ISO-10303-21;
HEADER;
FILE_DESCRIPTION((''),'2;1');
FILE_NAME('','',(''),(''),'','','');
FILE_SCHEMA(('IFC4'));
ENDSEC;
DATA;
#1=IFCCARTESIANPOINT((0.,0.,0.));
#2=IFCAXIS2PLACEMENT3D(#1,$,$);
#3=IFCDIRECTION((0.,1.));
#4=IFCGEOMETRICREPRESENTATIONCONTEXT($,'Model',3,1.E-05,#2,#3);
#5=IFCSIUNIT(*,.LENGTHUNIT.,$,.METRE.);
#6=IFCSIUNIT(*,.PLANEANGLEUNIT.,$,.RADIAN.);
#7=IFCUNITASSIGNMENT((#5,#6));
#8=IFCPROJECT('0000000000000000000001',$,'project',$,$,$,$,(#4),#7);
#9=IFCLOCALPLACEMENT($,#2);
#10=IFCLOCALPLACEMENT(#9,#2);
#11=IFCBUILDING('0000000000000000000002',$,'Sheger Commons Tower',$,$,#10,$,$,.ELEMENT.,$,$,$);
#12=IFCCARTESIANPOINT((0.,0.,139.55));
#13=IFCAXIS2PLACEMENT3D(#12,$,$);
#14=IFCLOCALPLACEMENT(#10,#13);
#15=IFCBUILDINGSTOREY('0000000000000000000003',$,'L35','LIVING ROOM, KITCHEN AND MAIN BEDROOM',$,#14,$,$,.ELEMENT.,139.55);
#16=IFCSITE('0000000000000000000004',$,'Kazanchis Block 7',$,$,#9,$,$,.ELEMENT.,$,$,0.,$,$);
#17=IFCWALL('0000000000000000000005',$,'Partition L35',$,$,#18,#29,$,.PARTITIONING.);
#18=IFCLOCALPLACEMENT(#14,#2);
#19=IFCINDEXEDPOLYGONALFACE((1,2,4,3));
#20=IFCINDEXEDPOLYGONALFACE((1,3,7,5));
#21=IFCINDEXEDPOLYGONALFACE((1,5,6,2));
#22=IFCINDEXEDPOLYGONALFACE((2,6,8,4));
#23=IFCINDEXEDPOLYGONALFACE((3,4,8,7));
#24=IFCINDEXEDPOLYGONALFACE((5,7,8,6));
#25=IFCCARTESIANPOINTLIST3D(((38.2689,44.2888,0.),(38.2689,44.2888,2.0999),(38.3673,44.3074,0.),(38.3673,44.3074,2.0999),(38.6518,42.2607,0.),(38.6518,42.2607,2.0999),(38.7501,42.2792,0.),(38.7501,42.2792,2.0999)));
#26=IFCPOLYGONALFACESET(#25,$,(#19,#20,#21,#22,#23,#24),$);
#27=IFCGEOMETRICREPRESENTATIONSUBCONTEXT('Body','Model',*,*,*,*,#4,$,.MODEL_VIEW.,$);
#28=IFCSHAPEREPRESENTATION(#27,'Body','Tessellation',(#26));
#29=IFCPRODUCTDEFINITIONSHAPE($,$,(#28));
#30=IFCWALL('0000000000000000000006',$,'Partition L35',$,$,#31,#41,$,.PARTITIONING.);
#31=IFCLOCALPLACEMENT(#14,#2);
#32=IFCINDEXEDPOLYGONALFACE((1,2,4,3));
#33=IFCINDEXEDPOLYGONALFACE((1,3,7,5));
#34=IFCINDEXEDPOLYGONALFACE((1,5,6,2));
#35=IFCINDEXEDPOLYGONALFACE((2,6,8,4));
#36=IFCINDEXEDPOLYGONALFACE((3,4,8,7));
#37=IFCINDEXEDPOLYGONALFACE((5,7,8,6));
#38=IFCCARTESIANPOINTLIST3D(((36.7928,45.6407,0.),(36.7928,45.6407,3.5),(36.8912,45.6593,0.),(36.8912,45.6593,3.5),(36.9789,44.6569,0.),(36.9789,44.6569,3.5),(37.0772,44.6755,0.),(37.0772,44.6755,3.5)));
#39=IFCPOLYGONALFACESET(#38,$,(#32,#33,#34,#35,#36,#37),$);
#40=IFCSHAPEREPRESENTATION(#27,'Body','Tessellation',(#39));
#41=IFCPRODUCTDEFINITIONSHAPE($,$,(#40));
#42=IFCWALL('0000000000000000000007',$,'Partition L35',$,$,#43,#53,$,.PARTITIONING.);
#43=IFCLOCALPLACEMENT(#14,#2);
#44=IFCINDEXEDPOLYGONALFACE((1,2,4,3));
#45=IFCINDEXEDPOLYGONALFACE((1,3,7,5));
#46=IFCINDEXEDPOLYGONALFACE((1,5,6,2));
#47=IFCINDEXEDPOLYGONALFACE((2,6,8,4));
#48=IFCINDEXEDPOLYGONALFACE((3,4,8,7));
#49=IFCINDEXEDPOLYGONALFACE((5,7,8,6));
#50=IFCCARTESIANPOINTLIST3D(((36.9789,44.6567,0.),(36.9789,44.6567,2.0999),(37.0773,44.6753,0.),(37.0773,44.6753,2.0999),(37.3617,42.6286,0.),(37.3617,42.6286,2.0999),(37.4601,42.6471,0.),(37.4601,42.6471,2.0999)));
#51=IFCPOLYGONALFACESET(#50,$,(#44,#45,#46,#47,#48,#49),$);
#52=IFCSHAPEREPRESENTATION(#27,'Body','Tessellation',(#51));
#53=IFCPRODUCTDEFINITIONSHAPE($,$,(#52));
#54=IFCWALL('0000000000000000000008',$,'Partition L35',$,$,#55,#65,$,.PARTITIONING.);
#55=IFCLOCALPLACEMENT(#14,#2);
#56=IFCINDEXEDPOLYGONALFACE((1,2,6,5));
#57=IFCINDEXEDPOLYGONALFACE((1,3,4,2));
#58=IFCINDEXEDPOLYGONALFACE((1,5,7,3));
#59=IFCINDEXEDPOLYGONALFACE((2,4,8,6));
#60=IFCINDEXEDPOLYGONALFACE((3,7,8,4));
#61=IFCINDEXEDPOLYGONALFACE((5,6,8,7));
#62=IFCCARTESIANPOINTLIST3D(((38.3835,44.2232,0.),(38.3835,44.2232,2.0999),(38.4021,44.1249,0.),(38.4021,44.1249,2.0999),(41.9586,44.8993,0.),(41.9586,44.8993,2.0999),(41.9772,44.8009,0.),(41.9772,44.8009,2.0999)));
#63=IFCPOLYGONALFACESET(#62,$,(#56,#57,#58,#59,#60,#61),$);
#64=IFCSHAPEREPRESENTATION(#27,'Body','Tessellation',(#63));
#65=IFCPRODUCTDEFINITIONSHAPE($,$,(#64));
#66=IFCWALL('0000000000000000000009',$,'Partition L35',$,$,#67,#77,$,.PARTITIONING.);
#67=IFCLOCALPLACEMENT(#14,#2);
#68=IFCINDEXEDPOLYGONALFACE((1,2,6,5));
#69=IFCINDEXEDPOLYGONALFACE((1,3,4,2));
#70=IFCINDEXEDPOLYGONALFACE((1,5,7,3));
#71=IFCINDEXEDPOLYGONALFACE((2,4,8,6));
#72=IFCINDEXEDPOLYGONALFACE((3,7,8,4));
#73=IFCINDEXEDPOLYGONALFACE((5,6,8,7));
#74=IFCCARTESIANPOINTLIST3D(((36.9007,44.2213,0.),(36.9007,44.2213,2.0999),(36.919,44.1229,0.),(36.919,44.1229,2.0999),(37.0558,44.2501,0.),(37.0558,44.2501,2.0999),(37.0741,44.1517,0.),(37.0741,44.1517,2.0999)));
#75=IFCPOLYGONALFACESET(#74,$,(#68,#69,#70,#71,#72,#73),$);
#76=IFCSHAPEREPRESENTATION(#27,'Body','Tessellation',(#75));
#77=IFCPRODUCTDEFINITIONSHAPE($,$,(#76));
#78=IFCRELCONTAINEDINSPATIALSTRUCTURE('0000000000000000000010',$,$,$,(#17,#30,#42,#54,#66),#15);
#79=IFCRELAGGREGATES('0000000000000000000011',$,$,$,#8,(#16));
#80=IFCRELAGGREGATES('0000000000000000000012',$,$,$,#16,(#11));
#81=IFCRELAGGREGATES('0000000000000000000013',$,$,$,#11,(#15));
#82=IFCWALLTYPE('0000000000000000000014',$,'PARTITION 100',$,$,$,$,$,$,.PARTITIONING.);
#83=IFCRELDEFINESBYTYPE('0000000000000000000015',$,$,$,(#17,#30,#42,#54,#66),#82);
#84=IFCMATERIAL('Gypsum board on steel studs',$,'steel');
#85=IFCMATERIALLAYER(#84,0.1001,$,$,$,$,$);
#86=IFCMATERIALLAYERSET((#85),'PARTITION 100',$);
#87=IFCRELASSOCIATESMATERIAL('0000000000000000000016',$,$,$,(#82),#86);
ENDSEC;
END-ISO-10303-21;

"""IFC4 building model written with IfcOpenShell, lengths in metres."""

from ifc_helpers import new_model, si_unit, direction, frame, frame_2d, origin, place, context, subcontext, project, spatial, rectangle, extrude, material, layer, layer_set, type_object, element, save


model = new_model("IFC4")

# Units and contexts
model_context = context("Model", 3, precision=1e-05, world=origin(), true_north=direction((0.0, 1.0)))
body_context = subcontext(model_context, "Body", "Model", "MODEL_VIEW")
ifc_project = project(units=[si_unit("LENGTHUNIT", "METRE"), si_unit("PLANEANGLEUNIT", "RADIAN")], contexts=[model_context])

# Site, building, storey
site_placement = place(None, origin())
site = spatial("IfcSite", under=ifc_project, at=site_placement, Name="Kazanchis Block 7", CompositionType="ELEMENT", RefElevation=0.0)
building_placement = place(site_placement, origin())
building = spatial("IfcBuilding", under=site, at=building_placement, Name="Sheger Commons Tower", CompositionType="ELEMENT")
storey_placement = place(building_placement, frame((0.0, 0.0, 139.55)))
storey = spatial("IfcBuildingStorey", under=building, at=storey_placement, Name="L35", Description="LIVING ROOM, KITCHEN AND MAIN BEDROOM", CompositionType="ELEMENT", Elevation=139.55)

# Walls
ifc_material_1 = material(Name="Gypsum board on steel studs", Category="steel")
ifc_layer_1 = layer(ifc_material_1, 0.1001)
ifc_layer_set_1 = layer_set([ifc_layer_1], Name="PARTITION 100")
wall_type_1 = type_object("IfcWallType", Name="PARTITION 100", PredefinedType="PARTITIONING", material=ifc_layer_set_1)
wall_1_placement = place(storey_placement, frame((38.3181, 44.2981, 0.0), z_axis=(0.0, 0.0, 1.0), x_axis=(0.185481, -0.982648, 0.0)))
element("IfcWall", 1, at=wall_1_placement, inside=storey, type_object=wall_type_1, Name="Partition L35", PredefinedType="PARTITIONING", context=body_context, shape_type="SweptSolid", body=[
    extrude(rectangle(XDim=2.064, YDim=0.1001, at=frame_2d((1.032, 0.0))), origin(), (0.0, 0.0, 1.0), 2.0999),
])
wall_2_placement = place(storey_placement, frame((36.842, 45.6499, 0.0), z_axis=(0.0, 0.0, 1.0), x_axis=(0.18579, -0.982589, 0.0)))
element("IfcWall", 2, at=wall_2_placement, inside=storey, type_object=wall_type_1, Name="Partition L35", PredefinedType="PARTITIONING", context=body_context, shape_type="SweptSolid", body=[
    extrude(rectangle(XDim=1.0012, YDim=0.1001, at=frame_2d((0.5005, 0.0))), origin(), (0.0, 0.0, 1.0), 3.5),
])
wall_3_placement = place(storey_placement, frame((37.0281, 44.666, 0.0), z_axis=(0.0, 0.0, 1.0), x_axis=(0.185481, -0.982648, 0.0)))
element("IfcWall", 3, at=wall_3_placement, inside=storey, type_object=wall_type_1, Name="Partition L35", PredefinedType="PARTITIONING", context=body_context, shape_type="SweptSolid", body=[
    extrude(rectangle(XDim=2.064, YDim=0.1001, at=frame_2d((1.032, 0.0))), origin(), (0.0, 0.0, 1.0), 2.0999),
])
wall_4_placement = place(storey_placement, frame((41.968, 44.8501, 0.0), z_axis=(0.0, 0.0, 1.0), x_axis=(-0.982586, -0.185808, 0.0)))
element("IfcWall", 4, at=wall_4_placement, inside=storey, type_object=wall_type_1, Name="Partition L35", PredefinedType="PARTITIONING", context=body_context, shape_type="SweptSolid", body=[
    extrude(rectangle(XDim=3.6384, YDim=0.1001, at=frame_2d((1.8193, 0.0))), origin(), (0.0, 0.0, 1.0), 2.0999),
])
wall_5_placement = place(storey_placement, frame((37.0649, 44.2009, 0.0), z_axis=(0.0, 0.0, 1.0), x_axis=(-0.983169, -0.182699, 0.0)))
element("IfcWall", 5, at=wall_5_placement, inside=storey, type_object=wall_type_1, Name="Partition L35", PredefinedType="PARTITIONING", context=body_context, shape_type="SweptSolid", body=[
    extrude(rectangle(XDim=0.1577, YDim=0.1001, at=frame_2d((0.0789, 0.0))), origin(), (0.0, 0.0, 1.0), 2.0999),
])

save(model, "model.ifc")
